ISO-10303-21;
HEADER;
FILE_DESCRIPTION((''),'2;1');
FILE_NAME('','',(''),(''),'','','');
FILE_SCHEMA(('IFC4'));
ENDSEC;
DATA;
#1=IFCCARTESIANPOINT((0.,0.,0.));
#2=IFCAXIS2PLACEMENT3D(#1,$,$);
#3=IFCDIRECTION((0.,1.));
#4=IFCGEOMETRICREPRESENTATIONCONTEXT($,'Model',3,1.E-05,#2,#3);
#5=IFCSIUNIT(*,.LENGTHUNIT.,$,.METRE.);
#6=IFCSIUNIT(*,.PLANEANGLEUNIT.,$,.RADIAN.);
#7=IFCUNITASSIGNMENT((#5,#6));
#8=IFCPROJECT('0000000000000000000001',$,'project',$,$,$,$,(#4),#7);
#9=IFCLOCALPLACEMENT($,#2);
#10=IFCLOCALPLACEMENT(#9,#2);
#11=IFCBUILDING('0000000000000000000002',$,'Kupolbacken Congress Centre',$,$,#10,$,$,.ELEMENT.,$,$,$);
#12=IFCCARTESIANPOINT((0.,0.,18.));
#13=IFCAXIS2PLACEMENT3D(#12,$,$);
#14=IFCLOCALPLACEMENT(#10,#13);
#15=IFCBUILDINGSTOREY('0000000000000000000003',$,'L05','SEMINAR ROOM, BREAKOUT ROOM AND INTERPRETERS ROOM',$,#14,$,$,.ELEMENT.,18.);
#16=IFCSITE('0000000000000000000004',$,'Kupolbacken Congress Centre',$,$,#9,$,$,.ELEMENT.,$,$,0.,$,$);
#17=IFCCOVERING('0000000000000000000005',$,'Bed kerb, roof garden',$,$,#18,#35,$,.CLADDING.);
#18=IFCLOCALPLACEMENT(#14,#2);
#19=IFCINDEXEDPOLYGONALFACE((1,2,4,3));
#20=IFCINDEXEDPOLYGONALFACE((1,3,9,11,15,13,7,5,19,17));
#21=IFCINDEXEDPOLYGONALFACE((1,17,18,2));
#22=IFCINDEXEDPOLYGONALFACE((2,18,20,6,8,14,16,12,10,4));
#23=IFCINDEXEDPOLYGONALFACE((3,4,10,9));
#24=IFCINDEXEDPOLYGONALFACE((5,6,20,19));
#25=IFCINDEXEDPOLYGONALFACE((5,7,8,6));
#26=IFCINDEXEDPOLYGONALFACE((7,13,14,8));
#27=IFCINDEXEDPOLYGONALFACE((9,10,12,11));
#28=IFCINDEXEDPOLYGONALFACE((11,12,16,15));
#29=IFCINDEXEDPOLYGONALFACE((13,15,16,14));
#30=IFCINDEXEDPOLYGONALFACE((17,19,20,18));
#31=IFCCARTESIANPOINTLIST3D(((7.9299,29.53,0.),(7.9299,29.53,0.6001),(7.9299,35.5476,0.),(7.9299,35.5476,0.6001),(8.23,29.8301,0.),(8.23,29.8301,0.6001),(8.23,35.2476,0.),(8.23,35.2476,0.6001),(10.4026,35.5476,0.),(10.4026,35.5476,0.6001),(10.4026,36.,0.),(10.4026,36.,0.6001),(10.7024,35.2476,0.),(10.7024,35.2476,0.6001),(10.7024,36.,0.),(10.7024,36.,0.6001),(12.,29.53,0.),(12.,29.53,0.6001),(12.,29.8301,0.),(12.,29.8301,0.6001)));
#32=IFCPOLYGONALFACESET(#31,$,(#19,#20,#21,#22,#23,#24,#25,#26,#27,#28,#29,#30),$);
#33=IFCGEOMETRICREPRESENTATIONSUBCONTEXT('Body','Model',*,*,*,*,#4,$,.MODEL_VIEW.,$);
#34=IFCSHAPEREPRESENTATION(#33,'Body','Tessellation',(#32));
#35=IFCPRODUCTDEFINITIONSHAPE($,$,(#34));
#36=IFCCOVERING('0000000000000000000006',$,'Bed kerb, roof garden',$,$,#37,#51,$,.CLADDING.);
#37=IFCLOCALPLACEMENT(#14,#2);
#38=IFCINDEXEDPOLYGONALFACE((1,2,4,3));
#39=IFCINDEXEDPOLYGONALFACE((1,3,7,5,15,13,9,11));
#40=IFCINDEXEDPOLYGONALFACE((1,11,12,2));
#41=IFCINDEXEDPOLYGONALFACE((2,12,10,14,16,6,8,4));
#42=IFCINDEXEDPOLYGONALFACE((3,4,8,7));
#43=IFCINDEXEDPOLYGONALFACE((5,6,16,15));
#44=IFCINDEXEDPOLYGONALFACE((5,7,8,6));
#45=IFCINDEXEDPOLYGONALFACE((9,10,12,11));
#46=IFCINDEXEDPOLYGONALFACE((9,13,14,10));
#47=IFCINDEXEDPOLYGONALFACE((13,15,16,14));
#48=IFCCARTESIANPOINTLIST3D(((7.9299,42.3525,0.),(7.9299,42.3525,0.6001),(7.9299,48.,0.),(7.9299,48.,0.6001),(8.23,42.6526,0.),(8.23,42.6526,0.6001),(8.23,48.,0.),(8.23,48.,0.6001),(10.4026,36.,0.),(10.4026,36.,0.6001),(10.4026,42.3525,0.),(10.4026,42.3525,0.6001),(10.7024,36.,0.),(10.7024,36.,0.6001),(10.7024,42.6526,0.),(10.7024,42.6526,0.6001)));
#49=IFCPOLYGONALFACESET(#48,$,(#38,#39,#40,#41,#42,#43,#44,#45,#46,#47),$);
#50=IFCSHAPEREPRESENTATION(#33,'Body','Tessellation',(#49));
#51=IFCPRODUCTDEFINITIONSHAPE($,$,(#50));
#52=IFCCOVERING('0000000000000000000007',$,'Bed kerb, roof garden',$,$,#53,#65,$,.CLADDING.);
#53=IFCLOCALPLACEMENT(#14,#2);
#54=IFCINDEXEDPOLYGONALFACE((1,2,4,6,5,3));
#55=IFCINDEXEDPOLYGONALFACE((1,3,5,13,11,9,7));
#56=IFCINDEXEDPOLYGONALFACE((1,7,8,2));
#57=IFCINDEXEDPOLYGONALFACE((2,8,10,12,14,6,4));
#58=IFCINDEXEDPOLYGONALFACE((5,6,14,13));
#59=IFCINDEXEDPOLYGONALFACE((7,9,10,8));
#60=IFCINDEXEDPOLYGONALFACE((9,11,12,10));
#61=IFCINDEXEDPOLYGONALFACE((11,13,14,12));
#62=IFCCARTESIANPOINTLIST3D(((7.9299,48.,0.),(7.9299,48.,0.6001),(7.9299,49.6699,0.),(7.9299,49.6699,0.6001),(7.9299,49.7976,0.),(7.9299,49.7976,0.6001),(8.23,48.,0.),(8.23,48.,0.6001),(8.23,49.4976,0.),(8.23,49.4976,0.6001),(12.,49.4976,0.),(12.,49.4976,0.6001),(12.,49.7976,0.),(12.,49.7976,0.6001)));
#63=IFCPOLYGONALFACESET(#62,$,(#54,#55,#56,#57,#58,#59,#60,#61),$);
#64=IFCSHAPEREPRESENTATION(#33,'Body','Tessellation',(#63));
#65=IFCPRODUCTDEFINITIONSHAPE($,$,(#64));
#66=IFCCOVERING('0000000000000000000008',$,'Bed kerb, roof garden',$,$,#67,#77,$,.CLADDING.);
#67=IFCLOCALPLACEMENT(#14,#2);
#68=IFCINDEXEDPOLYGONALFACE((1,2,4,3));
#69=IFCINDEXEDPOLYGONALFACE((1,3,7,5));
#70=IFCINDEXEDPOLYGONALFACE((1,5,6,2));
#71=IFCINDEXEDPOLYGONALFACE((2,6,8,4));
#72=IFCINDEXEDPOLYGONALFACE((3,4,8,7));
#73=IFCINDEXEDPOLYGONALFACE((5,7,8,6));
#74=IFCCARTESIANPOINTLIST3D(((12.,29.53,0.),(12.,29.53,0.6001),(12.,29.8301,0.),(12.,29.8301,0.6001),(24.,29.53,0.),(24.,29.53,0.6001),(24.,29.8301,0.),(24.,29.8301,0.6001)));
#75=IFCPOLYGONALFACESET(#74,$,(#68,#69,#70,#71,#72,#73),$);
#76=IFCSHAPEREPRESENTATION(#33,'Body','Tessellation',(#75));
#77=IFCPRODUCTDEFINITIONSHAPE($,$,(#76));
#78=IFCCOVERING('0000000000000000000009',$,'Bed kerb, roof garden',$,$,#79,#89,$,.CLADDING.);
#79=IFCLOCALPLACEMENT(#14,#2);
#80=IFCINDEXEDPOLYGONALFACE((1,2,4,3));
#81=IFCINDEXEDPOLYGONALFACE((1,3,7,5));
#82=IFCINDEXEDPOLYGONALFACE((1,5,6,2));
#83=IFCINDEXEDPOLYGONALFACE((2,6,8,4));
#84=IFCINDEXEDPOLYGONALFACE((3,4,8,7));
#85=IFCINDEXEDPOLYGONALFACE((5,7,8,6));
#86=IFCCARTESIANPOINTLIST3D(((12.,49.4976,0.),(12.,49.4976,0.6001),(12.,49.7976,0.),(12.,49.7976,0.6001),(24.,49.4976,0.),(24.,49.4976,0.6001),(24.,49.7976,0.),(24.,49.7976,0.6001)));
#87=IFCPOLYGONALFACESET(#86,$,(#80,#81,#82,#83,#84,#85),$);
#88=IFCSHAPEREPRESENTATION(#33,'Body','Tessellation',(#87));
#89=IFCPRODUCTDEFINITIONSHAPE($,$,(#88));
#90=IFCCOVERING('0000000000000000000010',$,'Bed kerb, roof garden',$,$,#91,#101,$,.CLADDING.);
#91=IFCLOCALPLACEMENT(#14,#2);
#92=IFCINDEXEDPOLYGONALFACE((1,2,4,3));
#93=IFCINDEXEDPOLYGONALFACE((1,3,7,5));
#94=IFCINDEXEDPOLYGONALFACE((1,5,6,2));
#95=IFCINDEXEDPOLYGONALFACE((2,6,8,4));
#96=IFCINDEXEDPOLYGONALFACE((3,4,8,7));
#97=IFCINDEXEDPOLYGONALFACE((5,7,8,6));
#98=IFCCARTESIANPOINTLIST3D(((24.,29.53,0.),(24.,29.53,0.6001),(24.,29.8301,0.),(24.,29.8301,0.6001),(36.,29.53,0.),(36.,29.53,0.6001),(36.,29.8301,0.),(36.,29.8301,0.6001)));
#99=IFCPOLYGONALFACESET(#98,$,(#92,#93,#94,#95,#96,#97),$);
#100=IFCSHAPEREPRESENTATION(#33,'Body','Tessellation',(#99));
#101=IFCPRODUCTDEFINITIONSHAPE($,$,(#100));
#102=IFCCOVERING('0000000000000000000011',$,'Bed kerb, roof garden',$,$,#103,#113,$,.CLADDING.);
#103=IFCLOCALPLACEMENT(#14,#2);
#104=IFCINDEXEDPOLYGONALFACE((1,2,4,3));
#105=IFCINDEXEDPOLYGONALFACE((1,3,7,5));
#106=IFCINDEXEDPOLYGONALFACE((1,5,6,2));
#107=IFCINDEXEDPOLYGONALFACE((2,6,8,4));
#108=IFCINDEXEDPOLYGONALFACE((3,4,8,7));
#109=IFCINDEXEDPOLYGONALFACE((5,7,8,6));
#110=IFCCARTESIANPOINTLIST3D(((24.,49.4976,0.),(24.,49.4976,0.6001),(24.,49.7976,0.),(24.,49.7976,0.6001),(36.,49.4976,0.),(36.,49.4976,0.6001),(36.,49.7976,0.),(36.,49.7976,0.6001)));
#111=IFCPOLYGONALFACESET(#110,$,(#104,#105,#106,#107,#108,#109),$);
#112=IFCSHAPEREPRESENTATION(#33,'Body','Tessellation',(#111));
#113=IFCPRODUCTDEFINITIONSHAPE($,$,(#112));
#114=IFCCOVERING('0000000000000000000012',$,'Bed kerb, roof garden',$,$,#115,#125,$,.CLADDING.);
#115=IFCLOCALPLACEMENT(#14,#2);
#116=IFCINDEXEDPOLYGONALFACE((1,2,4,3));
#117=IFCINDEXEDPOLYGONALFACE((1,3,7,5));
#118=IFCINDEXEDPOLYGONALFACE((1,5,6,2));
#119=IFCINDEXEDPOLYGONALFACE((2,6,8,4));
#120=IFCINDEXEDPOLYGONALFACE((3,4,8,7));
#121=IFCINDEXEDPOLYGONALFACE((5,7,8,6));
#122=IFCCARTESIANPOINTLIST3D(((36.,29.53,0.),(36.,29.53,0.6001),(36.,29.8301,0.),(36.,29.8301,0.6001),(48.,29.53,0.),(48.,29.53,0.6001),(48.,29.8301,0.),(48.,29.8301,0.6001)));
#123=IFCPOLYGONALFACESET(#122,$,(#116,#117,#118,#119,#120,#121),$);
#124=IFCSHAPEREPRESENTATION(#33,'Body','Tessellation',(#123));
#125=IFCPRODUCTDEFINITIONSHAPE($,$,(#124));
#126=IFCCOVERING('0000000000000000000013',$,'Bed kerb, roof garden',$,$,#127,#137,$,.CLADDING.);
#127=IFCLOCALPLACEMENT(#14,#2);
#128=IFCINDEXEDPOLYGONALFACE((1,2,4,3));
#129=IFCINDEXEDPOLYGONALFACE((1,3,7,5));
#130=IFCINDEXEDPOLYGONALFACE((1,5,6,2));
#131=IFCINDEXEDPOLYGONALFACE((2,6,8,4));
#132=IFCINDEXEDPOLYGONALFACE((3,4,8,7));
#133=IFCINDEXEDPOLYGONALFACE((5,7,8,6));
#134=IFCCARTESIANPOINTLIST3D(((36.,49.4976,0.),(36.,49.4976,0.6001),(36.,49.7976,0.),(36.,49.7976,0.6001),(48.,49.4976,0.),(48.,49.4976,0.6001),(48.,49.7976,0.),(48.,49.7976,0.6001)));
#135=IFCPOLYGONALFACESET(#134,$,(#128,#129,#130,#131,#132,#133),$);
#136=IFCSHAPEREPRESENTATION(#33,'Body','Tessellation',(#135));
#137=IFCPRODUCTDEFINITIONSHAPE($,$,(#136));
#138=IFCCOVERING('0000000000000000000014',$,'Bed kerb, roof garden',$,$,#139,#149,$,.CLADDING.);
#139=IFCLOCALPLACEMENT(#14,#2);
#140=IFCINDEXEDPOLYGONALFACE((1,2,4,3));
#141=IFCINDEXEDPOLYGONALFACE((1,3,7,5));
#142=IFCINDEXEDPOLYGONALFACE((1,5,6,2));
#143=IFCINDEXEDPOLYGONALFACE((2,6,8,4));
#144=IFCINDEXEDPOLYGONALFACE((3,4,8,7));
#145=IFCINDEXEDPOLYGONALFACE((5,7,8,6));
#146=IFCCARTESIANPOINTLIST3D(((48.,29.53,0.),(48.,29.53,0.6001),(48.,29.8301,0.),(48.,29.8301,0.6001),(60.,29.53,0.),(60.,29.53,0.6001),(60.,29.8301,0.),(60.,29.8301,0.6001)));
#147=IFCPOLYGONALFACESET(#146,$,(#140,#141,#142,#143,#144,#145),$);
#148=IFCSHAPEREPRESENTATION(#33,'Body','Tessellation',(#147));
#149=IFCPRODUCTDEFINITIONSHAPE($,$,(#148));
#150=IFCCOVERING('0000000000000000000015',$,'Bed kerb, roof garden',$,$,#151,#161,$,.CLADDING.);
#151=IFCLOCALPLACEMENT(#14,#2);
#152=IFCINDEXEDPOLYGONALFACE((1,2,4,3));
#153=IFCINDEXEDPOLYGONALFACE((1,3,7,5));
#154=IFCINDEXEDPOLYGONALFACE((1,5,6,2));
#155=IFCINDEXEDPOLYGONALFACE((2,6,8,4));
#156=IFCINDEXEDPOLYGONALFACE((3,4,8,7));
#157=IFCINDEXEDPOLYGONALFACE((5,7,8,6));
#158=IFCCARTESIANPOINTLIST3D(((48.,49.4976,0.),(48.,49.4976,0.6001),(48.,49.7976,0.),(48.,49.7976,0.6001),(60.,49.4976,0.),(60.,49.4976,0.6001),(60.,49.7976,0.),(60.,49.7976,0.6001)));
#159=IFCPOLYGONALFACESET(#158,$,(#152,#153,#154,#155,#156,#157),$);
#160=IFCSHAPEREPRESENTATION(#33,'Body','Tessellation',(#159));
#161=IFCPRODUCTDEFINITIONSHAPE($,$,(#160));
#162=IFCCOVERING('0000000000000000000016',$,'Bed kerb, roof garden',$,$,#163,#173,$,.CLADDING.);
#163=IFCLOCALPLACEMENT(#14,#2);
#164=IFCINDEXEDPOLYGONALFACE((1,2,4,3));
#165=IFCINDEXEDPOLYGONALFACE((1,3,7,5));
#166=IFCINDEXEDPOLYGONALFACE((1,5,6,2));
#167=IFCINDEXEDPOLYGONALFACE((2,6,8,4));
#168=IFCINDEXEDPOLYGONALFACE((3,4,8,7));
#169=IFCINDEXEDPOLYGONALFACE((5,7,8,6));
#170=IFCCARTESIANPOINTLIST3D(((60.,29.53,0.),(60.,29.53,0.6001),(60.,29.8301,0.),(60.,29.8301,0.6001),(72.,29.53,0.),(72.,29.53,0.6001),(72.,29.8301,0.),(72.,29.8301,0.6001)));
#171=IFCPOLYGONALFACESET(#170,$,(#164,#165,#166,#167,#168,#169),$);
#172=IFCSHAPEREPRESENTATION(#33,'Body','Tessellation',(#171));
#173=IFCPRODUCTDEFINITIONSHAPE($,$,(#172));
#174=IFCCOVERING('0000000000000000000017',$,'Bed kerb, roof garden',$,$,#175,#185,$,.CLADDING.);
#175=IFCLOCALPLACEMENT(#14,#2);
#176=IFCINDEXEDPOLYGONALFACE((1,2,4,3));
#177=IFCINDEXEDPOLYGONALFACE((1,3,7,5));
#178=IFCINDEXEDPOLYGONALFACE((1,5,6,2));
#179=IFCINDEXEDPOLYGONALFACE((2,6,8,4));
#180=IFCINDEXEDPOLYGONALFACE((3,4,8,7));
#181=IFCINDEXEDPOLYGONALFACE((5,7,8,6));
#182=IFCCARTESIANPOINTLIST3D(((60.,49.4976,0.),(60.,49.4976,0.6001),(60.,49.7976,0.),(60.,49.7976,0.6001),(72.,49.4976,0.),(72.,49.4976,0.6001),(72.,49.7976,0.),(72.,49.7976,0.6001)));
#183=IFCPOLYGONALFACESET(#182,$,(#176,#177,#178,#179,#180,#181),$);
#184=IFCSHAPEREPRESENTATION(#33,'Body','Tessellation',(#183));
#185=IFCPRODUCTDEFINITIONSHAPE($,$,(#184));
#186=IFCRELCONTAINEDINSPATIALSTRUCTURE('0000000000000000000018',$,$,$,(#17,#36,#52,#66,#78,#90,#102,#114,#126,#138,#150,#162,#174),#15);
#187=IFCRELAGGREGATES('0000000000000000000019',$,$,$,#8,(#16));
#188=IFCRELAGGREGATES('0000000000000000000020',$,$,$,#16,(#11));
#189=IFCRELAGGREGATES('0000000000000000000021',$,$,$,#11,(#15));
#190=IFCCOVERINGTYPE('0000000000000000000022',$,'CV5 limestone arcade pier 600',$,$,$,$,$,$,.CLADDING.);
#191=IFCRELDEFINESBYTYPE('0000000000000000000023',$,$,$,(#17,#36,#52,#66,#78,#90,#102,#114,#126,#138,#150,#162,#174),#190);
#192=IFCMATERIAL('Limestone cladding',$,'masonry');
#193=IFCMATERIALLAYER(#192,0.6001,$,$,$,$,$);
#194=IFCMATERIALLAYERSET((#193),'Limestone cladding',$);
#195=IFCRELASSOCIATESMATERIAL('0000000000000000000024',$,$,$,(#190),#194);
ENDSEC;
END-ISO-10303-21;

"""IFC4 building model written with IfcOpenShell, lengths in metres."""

from ifc_helpers import new_model, si_unit, direction, frame, origin, place, context, subcontext, project, spatial, polyline, outline, extrude, material, layer, layer_set, type_object, element, save


model = new_model("IFC4")

# Units and contexts
model_context = context("Model", 3, precision=1e-05, world=origin(), true_north=direction((0.0, 1.0)))
body_context = subcontext(model_context, "Body", "Model", "MODEL_VIEW")
ifc_project = project(units=[si_unit("LENGTHUNIT", "METRE"), si_unit("PLANEANGLEUNIT", "RADIAN")], contexts=[model_context])

# Site, building, storey
site_placement = place(None, origin())
site = spatial("IfcSite", under=ifc_project, at=site_placement, Name="Kupolbacken Congress Centre", CompositionType="ELEMENT", RefElevation=0.0)
building_placement = place(site_placement, origin())
building = spatial("IfcBuilding", under=site, at=building_placement, Name="Kupolbacken Congress Centre", CompositionType="ELEMENT")
storey_placement = place(building_placement, frame((0.0, 0.0, 18.0)))
storey = spatial("IfcBuildingStorey", under=building, at=storey_placement, Name="L05", Description="SEMINAR ROOM, BREAKOUT ROOM AND INTERPRETERS ROOM", CompositionType="ELEMENT", Elevation=18.0)

# Coverings
ifc_material_1 = material(Name="Limestone cladding", Category="masonry")
ifc_layer_1 = layer(ifc_material_1, 0.6001)
ifc_layer_set_1 = layer_set([ifc_layer_1], Name="Limestone cladding")
covering_type_1 = type_object("IfcCoveringType", Name="CV5 limestone arcade pier 600", PredefinedType="CLADDING", material=ifc_layer_set_1)
covering_1_placement = place(storey_placement, origin())
element("IfcCovering", 1, at=covering_1_placement, inside=storey, type_object=covering_type_1, Name="Bed kerb, roof garden", PredefinedType="CLADDING", context=body_context, shape_type="SweptSolid", body=[
    extrude(outline(polyline([(7.9299, 29.53), (7.9299, 35.5476), (10.4026, 35.5476), (10.4026, 36.0), (10.7024, 36.0), (10.7024, 35.2476), (8.23, 35.2476), (8.23, 29.8301), (12.0, 29.8301), (12.0, 29.53), (7.9299, 29.53)])), origin(), (0.0, 0.0, 1.0), 0.6001),
])
covering_2_placement = place(storey_placement, origin())
element("IfcCovering", 2, at=covering_2_placement, inside=storey, type_object=covering_type_1, Name="Bed kerb, roof garden", PredefinedType="CLADDING", context=body_context, shape_type="SweptSolid", body=[
    extrude(outline(polyline([(7.9299, 42.3525), (7.9299, 48.0), (8.23, 48.0), (8.23, 42.6526), (10.7024, 42.6526), (10.7024, 36.0), (10.4026, 36.0), (10.4026, 42.3525), (7.9299, 42.3525)])), origin(), (0.0, 0.0, 1.0), 0.6001),
])
covering_3_placement = place(storey_placement, origin())
element("IfcCovering", 3, at=covering_3_placement, inside=storey, type_object=covering_type_1, Name="Bed kerb, roof garden", PredefinedType="CLADDING", context=body_context, shape_type="SweptSolid", body=[
    extrude(outline(polyline([(7.9299, 49.6699), (7.9299, 49.7976), (12.0, 49.7976), (12.0, 49.4976), (8.23, 49.4976), (8.23, 48.0), (7.9299, 48.0), (7.9299, 49.6699)])), origin(), (0.0, 0.0, 1.0), 0.6001),
])
covering_4_placement = place(storey_placement, origin())
element("IfcCovering", 4, at=covering_4_placement, inside=storey, type_object=covering_type_1, Name="Bed kerb, roof garden", PredefinedType="CLADDING", context=body_context, shape_type="SweptSolid", body=[
    extrude(outline(polyline([(12.0, 29.53), (12.0, 29.8301), (24.0, 29.8301), (24.0, 29.53), (12.0, 29.53)])), origin(), (0.0, 0.0, 1.0), 0.6001),
])
covering_5_placement = place(storey_placement, origin())
element("IfcCovering", 5, at=covering_5_placement, inside=storey, type_object=covering_type_1, Name="Bed kerb, roof garden", PredefinedType="CLADDING", context=body_context, shape_type="SweptSolid", body=[
    extrude(outline(polyline([(24.0, 49.7976), (24.0, 49.4976), (12.0, 49.4976), (12.0, 49.7976), (24.0, 49.7976)])), origin(), (0.0, 0.0, 1.0), 0.6001),
])
covering_6_placement = place(storey_placement, origin())
element("IfcCovering", 6, at=covering_6_placement, inside=storey, type_object=covering_type_1, Name="Bed kerb, roof garden", PredefinedType="CLADDING", context=body_context, shape_type="SweptSolid", body=[
    extrude(outline(polyline([(24.0, 29.53), (24.0, 29.8301), (36.0, 29.8301), (36.0, 29.53), (24.0, 29.53)])), origin(), (0.0, 0.0, 1.0), 0.6001),
])
covering_7_placement = place(storey_placement, origin())
element("IfcCovering", 7, at=covering_7_placement, inside=storey, type_object=covering_type_1, Name="Bed kerb, roof garden", PredefinedType="CLADDING", context=body_context, shape_type="SweptSolid", body=[
    extrude(outline(polyline([(36.0, 49.7976), (36.0, 49.4976), (24.0, 49.4976), (24.0, 49.7976), (36.0, 49.7976)])), origin(), (0.0, 0.0, 1.0), 0.6001),
])
covering_8_placement = place(storey_placement, origin())
element("IfcCovering", 8, at=covering_8_placement, inside=storey, type_object=covering_type_1, Name="Bed kerb, roof garden", PredefinedType="CLADDING", context=body_context, shape_type="SweptSolid", body=[
    extrude(outline(polyline([(36.0, 29.53), (36.0, 29.8301), (48.0, 29.8301), (48.0, 29.53), (36.0, 29.53)])), origin(), (0.0, 0.0, 1.0), 0.6001),
])
covering_9_placement = place(storey_placement, origin())
element("IfcCovering", 9, at=covering_9_placement, inside=storey, type_object=covering_type_1, Name="Bed kerb, roof garden", PredefinedType="CLADDING", context=body_context, shape_type="SweptSolid", body=[
    extrude(outline(polyline([(48.0, 49.7976), (48.0, 49.4976), (36.0, 49.4976), (36.0, 49.7976), (48.0, 49.7976)])), origin(), (0.0, 0.0, 1.0), 0.6001),
])
covering_10_placement = place(storey_placement, origin())
element("IfcCovering", 10, at=covering_10_placement, inside=storey, type_object=covering_type_1, Name="Bed kerb, roof garden", PredefinedType="CLADDING", context=body_context, shape_type="SweptSolid", body=[
    extrude(outline(polyline([(48.0, 29.53), (48.0, 29.8301), (60.0, 29.8301), (60.0, 29.53), (48.0, 29.53)])), origin(), (0.0, 0.0, 1.0), 0.6001),
])
covering_11_placement = place(storey_placement, origin())
element("IfcCovering", 11, at=covering_11_placement, inside=storey, type_object=covering_type_1, Name="Bed kerb, roof garden", PredefinedType="CLADDING", context=body_context, shape_type="SweptSolid", body=[
    extrude(outline(polyline([(60.0, 49.7976), (60.0, 49.4976), (48.0, 49.4976), (48.0, 49.7976), (60.0, 49.7976)])), origin(), (0.0, 0.0, 1.0), 0.6001),
])
covering_12_placement = place(storey_placement, origin())
element("IfcCovering", 12, at=covering_12_placement, inside=storey, type_object=covering_type_1, Name="Bed kerb, roof garden", PredefinedType="CLADDING", context=body_context, shape_type="SweptSolid", body=[
    extrude(outline(polyline([(60.0, 29.53), (60.0, 29.8301), (72.0, 29.8301), (72.0, 29.53), (60.0, 29.53)])), origin(), (0.0, 0.0, 1.0), 0.6001),
])
covering_13_placement = place(storey_placement, origin())
element("IfcCovering", 13, at=covering_13_placement, inside=storey, type_object=covering_type_1, Name="Bed kerb, roof garden", PredefinedType="CLADDING", context=body_context, shape_type="SweptSolid", body=[
    extrude(outline(polyline([(72.0, 49.7976), (72.0, 49.4976), (60.0, 49.4976), (60.0, 49.7976), (72.0, 49.7976)])), origin(), (0.0, 0.0, 1.0), 0.6001),
])

save(model, "model.ifc")
